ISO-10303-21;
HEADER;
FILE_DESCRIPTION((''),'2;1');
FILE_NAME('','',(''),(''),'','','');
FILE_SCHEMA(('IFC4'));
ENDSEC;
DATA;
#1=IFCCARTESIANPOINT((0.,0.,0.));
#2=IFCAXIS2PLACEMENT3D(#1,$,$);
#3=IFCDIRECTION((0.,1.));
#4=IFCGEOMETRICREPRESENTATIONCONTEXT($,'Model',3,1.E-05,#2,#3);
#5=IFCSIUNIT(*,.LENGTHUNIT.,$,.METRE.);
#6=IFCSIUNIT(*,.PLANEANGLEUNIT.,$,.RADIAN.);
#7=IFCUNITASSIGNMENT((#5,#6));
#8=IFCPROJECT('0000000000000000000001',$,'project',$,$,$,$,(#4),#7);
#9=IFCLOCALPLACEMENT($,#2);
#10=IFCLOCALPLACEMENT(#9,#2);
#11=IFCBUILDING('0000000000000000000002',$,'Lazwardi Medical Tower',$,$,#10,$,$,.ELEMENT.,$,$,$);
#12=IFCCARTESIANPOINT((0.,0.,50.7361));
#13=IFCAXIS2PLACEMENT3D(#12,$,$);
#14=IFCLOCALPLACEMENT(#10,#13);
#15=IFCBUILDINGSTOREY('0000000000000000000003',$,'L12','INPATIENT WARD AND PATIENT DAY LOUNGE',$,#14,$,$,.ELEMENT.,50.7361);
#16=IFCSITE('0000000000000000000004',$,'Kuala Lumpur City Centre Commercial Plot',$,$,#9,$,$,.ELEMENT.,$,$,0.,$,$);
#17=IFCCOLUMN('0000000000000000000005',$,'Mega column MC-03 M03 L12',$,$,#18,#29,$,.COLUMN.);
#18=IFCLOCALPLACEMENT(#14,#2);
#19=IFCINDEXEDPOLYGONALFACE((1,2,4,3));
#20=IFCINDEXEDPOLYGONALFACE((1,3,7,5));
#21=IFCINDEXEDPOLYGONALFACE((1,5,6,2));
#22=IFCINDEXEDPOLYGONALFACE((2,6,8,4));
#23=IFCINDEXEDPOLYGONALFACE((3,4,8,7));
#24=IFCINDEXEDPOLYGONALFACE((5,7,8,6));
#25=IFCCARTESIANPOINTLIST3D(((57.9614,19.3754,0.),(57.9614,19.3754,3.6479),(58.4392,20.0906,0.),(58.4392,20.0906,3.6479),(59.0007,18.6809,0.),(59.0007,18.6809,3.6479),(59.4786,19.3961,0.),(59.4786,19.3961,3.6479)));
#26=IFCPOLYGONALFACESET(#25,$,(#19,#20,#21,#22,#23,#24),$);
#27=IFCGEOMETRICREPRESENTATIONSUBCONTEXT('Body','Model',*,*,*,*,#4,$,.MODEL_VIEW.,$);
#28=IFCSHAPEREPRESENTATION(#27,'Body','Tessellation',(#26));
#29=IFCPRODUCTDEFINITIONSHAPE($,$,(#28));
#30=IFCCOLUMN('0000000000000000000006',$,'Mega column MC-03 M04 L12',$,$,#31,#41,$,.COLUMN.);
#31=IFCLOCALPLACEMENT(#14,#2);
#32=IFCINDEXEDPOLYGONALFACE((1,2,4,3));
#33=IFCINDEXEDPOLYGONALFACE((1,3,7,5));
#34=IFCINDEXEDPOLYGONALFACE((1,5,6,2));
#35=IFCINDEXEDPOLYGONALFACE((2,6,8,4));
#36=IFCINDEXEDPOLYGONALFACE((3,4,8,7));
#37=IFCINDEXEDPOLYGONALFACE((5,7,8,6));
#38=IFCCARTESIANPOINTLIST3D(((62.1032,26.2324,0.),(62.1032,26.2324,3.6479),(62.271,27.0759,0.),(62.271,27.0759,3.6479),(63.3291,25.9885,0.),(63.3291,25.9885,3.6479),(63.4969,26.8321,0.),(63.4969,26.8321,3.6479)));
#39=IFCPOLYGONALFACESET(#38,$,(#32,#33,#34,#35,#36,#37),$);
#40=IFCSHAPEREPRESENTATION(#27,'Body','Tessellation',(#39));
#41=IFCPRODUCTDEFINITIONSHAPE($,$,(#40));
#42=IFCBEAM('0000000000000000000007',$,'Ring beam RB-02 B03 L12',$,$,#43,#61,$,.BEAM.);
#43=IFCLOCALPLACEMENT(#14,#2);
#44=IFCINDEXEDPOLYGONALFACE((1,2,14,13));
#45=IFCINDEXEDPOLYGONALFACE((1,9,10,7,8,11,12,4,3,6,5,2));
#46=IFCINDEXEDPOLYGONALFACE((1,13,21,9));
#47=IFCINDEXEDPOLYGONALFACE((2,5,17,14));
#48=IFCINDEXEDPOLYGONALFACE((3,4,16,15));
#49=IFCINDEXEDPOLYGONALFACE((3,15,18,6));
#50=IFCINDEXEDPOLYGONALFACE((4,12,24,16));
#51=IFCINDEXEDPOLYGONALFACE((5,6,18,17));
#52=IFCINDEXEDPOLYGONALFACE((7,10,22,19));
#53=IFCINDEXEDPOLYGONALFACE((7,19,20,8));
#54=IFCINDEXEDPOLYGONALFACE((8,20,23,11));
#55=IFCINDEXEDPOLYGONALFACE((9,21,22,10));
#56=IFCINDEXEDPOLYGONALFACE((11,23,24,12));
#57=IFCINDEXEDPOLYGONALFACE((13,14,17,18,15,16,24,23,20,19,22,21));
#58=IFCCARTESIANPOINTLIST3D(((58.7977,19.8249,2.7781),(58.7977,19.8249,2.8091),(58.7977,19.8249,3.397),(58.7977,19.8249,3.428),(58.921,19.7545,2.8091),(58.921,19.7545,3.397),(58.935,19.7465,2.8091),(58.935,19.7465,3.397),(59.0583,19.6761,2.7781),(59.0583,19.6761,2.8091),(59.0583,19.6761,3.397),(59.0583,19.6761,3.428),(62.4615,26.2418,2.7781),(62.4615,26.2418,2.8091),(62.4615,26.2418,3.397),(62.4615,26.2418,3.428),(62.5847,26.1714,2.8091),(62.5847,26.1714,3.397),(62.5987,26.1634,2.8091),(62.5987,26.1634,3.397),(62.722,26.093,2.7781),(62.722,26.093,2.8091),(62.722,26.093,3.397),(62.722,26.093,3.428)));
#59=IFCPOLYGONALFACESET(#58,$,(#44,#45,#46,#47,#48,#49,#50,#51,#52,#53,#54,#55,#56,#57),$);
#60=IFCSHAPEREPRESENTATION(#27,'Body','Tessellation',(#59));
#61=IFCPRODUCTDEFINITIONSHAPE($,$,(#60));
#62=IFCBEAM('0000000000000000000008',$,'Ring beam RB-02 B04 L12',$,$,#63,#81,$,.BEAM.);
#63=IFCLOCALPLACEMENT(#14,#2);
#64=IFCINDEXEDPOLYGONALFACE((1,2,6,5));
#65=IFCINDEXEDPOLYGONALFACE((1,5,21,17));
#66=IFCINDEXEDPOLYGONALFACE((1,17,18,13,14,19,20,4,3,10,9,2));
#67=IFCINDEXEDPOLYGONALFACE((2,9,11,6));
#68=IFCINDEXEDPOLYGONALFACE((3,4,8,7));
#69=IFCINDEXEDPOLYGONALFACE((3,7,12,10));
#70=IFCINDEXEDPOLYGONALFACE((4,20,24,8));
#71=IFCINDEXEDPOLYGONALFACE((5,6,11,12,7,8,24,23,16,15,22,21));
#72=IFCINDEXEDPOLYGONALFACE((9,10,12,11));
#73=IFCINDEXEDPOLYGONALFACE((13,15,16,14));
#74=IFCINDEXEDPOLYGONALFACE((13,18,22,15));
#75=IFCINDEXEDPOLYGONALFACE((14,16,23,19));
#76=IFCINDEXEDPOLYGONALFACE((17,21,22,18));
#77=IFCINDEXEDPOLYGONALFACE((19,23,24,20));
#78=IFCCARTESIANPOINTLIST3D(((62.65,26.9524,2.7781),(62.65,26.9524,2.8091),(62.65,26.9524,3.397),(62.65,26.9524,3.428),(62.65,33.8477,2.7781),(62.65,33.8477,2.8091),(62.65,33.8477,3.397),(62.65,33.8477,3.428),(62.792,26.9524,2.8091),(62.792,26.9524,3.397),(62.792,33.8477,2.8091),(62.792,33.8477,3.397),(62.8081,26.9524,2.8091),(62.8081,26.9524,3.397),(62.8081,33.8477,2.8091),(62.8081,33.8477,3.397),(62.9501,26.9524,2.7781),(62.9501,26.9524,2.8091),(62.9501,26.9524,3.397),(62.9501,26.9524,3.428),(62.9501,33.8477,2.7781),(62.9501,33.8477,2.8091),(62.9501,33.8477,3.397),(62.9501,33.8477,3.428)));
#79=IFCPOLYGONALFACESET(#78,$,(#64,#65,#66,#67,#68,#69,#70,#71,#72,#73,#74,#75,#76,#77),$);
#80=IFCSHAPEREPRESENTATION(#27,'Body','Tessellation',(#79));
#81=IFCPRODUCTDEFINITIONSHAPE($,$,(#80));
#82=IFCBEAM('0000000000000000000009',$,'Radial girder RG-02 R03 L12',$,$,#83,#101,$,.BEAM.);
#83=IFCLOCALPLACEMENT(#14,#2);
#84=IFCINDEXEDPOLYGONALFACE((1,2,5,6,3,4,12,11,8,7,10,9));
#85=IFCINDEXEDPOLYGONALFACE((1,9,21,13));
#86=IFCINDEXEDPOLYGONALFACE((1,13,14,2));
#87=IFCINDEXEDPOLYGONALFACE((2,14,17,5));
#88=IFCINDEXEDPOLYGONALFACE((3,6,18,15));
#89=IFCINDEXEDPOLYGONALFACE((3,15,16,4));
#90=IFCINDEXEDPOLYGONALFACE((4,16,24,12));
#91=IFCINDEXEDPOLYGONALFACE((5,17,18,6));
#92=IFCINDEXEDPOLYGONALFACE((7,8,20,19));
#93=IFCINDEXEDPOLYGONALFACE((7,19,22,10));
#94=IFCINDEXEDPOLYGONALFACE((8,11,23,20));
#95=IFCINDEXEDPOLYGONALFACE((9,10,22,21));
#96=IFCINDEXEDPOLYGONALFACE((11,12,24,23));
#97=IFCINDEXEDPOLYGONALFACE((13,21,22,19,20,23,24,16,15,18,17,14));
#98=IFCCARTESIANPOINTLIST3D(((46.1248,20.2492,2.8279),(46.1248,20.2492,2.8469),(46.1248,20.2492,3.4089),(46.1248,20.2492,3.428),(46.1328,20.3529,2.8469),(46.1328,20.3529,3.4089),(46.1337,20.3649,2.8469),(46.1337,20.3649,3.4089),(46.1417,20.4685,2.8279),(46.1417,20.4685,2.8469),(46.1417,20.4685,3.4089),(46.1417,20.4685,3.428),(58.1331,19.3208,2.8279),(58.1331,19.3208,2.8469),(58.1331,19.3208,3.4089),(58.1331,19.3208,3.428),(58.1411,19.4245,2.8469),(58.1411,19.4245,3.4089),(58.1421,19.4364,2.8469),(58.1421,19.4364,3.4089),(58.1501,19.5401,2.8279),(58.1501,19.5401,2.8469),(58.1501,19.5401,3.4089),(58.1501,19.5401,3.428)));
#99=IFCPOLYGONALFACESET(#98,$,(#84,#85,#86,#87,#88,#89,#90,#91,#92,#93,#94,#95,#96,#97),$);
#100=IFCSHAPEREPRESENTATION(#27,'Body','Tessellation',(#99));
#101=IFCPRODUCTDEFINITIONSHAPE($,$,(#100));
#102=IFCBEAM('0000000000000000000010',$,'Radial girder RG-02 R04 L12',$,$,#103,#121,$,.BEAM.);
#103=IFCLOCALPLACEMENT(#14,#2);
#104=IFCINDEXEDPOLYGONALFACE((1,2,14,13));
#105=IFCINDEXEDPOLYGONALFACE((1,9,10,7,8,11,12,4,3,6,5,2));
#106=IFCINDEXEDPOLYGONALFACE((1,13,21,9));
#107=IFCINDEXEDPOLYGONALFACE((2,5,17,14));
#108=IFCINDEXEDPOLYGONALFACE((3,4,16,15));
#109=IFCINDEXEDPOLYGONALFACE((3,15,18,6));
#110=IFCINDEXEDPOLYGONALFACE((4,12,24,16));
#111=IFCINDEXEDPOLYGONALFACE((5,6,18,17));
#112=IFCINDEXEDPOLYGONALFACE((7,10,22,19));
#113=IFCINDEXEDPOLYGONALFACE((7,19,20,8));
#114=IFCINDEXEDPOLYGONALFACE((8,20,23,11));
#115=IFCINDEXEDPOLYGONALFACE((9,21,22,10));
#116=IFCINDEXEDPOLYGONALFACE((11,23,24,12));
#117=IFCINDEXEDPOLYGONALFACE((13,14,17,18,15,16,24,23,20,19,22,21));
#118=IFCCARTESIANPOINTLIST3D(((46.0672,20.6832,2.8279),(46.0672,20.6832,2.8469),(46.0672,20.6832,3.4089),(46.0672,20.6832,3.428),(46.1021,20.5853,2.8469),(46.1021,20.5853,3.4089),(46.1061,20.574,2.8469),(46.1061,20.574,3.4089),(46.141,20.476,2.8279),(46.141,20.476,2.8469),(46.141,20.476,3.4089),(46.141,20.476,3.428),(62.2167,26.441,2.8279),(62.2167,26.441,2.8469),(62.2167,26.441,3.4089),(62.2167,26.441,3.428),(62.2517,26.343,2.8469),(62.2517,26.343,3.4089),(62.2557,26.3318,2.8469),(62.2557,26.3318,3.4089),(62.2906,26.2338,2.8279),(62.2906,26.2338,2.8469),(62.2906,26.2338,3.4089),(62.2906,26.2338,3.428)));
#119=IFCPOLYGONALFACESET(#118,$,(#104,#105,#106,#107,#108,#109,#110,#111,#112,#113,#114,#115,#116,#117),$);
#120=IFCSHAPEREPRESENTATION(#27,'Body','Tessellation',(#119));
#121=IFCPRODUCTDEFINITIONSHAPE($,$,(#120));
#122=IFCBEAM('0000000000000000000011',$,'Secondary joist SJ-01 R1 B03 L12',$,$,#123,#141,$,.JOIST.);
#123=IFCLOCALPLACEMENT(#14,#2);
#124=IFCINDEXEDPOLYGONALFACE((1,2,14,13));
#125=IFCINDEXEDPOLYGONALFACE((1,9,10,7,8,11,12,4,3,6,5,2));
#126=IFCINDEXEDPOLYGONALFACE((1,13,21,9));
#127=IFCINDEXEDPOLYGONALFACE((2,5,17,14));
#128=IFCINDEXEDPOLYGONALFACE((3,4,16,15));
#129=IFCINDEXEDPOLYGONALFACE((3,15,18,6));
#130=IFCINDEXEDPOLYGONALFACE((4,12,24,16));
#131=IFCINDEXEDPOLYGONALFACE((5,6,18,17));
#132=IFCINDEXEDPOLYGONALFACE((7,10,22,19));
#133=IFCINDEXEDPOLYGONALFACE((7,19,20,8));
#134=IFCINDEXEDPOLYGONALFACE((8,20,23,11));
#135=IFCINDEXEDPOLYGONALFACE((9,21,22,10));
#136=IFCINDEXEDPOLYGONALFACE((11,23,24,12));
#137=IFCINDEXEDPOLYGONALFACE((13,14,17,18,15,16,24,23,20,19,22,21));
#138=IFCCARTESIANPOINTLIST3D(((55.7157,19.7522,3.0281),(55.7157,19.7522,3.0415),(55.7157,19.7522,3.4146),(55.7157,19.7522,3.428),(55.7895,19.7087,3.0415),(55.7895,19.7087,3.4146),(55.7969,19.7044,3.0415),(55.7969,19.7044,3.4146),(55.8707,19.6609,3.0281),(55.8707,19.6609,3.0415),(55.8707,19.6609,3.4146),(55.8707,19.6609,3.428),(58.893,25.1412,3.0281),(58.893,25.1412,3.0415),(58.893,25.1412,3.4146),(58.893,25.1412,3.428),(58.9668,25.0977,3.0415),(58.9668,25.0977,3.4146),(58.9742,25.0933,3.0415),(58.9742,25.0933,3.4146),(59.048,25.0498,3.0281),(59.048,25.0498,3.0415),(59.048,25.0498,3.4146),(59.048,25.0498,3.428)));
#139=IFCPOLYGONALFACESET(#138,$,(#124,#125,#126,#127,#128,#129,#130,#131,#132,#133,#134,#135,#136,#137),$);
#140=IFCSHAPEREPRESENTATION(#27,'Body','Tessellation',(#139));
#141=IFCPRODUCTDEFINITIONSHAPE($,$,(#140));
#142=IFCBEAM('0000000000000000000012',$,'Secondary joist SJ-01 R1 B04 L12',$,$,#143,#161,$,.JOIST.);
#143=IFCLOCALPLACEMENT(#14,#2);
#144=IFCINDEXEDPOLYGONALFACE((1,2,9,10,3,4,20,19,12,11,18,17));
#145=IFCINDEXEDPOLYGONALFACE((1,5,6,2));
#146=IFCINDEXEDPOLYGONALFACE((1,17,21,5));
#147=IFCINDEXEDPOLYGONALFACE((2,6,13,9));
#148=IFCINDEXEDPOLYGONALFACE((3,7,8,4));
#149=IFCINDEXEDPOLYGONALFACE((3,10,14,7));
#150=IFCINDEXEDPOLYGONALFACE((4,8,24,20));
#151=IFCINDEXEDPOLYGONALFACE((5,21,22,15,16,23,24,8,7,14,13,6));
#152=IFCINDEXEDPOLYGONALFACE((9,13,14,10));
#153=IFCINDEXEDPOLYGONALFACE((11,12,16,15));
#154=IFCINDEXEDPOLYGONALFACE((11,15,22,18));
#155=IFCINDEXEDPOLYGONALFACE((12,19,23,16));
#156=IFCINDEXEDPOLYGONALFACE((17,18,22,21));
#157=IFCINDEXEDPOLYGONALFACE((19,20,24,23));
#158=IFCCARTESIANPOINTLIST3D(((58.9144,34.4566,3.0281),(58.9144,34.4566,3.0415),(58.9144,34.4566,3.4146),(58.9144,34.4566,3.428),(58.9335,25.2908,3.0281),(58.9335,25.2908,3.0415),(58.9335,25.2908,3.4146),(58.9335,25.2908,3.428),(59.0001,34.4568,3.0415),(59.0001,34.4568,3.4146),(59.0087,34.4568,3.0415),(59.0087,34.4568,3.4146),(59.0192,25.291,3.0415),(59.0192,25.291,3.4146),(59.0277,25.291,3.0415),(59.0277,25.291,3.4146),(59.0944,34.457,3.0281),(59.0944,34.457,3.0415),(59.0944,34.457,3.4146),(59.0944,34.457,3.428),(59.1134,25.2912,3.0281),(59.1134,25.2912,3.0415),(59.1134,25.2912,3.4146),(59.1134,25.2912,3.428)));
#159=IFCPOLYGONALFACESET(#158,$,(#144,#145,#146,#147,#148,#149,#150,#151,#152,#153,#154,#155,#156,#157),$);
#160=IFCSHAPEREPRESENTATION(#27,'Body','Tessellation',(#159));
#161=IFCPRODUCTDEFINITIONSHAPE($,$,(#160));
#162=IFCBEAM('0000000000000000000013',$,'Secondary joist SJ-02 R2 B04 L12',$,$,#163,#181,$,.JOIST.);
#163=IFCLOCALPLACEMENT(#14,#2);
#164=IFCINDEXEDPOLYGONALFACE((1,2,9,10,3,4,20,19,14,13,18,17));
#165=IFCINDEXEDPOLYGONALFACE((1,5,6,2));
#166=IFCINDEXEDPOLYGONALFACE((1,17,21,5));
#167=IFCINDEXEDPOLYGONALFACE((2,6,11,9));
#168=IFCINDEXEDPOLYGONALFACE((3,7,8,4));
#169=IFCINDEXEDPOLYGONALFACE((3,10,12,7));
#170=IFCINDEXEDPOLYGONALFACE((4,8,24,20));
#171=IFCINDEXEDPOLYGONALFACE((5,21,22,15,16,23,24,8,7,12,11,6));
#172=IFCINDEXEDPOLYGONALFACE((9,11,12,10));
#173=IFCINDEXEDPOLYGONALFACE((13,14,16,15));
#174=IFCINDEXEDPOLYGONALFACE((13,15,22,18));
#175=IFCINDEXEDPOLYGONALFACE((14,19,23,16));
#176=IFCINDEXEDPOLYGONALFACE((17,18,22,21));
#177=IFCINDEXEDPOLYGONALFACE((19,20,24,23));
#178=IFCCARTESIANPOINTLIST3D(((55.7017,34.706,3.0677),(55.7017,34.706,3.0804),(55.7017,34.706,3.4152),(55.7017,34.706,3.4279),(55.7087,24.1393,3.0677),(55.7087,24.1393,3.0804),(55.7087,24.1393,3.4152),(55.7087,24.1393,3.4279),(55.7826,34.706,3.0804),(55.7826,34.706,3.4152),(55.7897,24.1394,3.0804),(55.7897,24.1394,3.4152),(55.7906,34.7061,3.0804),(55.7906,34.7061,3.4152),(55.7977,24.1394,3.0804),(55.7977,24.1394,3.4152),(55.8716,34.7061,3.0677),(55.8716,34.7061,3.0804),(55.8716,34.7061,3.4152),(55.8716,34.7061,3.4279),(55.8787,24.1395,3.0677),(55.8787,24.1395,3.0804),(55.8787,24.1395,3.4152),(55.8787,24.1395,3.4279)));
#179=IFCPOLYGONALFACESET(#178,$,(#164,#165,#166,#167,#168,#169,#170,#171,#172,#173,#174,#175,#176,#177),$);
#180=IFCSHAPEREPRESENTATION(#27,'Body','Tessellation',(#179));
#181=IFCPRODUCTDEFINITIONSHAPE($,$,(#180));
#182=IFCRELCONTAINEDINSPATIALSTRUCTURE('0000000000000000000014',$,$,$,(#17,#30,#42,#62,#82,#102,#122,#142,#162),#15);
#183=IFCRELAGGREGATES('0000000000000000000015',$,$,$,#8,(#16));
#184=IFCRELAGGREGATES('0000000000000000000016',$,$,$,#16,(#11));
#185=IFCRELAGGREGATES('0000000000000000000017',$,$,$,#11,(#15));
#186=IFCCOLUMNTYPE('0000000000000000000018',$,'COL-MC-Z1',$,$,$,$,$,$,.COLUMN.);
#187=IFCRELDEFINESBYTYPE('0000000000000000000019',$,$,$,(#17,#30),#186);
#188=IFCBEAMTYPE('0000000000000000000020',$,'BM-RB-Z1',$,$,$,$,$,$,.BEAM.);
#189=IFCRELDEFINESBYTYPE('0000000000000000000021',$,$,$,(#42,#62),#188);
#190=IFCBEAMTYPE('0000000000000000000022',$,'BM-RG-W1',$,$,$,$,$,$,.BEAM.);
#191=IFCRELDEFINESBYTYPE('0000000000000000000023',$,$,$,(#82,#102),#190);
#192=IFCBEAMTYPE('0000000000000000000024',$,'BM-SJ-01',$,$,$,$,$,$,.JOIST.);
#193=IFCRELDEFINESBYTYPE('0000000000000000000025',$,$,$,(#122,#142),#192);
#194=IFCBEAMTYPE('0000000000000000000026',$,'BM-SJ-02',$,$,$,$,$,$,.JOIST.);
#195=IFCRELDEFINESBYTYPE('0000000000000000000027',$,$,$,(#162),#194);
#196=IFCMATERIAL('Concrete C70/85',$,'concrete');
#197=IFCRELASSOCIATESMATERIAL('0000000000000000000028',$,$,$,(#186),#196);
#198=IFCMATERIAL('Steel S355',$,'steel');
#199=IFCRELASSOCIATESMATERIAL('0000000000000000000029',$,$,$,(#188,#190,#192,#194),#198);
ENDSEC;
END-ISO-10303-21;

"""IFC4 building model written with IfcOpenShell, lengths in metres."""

from ifc_helpers import new_model, si_unit, direction, frame, origin, origin_2d, place, context, subcontext, project, spatial, rectangle, i_section, extrude, material, material_profile, profile_set, type_object, element, save


model = new_model("IFC4")

# Units and contexts
model_context = context("Model", 3, precision=1e-05, world=origin(), true_north=direction((0.0, 1.0)))
body_context = subcontext(model_context, "Body", "Model", "MODEL_VIEW")
ifc_project = project(units=[si_unit("LENGTHUNIT", "METRE"), si_unit("PLANEANGLEUNIT", "RADIAN")], contexts=[model_context])

# Site, building, storey
site_placement = place(None, origin())
site = spatial("IfcSite", under=ifc_project, at=site_placement, Name="Kuala Lumpur City Centre Commercial Plot", CompositionType="ELEMENT", RefElevation=0.0)
building_placement = place(site_placement, origin())
building = spatial("IfcBuilding", under=site, at=building_placement, Name="Lazwardi Medical Tower", CompositionType="ELEMENT")
storey_placement = place(building_placement, frame((0.0, 0.0, 50.7361)))
storey = spatial("IfcBuildingStorey", under=building, at=storey_placement, Name="L12", Description="INPATIENT WARD AND PATIENT DAY LOUNGE", CompositionType="ELEMENT", Elevation=50.7361)

# Columns
ifc_material_1 = material(Name="Concrete C70/85", Category="concrete")
ifc_material_profile_1 = material_profile(ifc_material_1, rectangle(XDim=1.25, YDim=0.8601, at=origin_2d()), Name="CFT-RECT 1250x860")
ifc_profile_set_1 = profile_set([ifc_material_profile_1], Name="Concrete C70/85")
column_type = type_object("IfcColumnType", Name="COL-MC-Z1", PredefinedType="COLUMN", material=ifc_profile_set_1)
for number, where, z_axis, x_axis, name in (
    (1, (58.72, 19.3857, 0.0), (0.0, 0.0, 1.0), (0.83147, -0.55557, 0.0), "Mega column MC-03 M03 L12"),
    (2, (62.8, 26.5322, 0.0), (0.0, 0.0, 1.0), (0.980785, -0.19509, 0.0), "Mega column MC-03 M04 L12"),
):
    element("IfcColumn", number, at=place(storey_placement, frame(where, z_axis=z_axis, x_axis=x_axis)), inside=storey, type_object=column_type, Name=name, PredefinedType="COLUMN", context=body_context, shape_type="SweptSolid", body=[
        extrude(rectangle(XDim=1.25, YDim=0.8601, at=origin_2d()), origin(), (0.0, 0.0, 1.0), 3.6479),
    ])

# Beams
ifc_material_2 = material(Name="Steel S355", Category="steel")
ifc_material_profile_2 = material_profile(ifc_material_2, i_section(OverallWidth=0.3, OverallDepth=0.6499, WebThickness=0.0161, FlangeThickness=0.031, at=origin_2d()), Name="HEB 650")
ifc_profile_set_2 = profile_set([ifc_material_profile_2], Name="Steel S355")
beam_type_1 = type_object("IfcBeamType", Name="BM-RB-Z1", PredefinedType="BEAM", material=ifc_profile_set_2)
beam_1_placement = place(storey_placement, frame((58.928, 19.7505, 3.103), z_axis=(0.495829, 0.86842, 0.0), x_axis=(-0.86842, 0.495829, 0.0)))
element("IfcBeam", 3, at=beam_1_placement, inside=storey, type_object=beam_type_1, Name="Ring beam RB-02 B03 L12", PredefinedType="BEAM", context=body_context, shape_type="SweptSolid", body=[
    extrude(i_section(OverallWidth=0.3, OverallDepth=0.6499, WebThickness=0.0161, FlangeThickness=0.031, at=origin_2d()), origin(), (0.0, 0.0, 1.0), 7.3892),
])
beam_2_placement = place(storey_placement, frame((62.8, 26.9524, 3.103), z_axis=(0.0, 1.0, 0.0), x_axis=(-1.0, 0.0, 0.0)))
element("IfcBeam", 4, at=beam_2_placement, inside=storey, type_object=beam_type_1, Name="Ring beam RB-02 B04 L12", PredefinedType="BEAM", context=body_context, shape_type="SweptSolid", body=[
    extrude(i_section(OverallWidth=0.3, OverallDepth=0.6499, WebThickness=0.0161, FlangeThickness=0.031, at=origin_2d()), origin(), (0.0, 0.0, 1.0), 6.8953),
])
ifc_material_profile_3 = material_profile(ifc_material_2, i_section(OverallWidth=0.22, OverallDepth=0.6001, WebThickness=0.012, FlangeThickness=0.019, at=origin_2d()), Name="IPE 600")
ifc_profile_set_3 = profile_set([ifc_material_profile_3], Name="Steel S355")
beam_type_2 = type_object("IfcBeamType", Name="BM-RG-W1", PredefinedType="BEAM", material=ifc_profile_set_3)
beam_3_placement = place(storey_placement, frame((58.1416, 19.4304, 3.1279), z_axis=(-0.997024, 0.077089, 0.0), x_axis=(-0.077089, -0.997024, 0.0)))
element("IfcBeam", 5, at=beam_3_placement, inside=storey, type_object=beam_type_2, Name="Radial girder RG-02 R03 L12", PredefinedType="BEAM", context=body_context, shape_type="SweptSolid", body=[
    extrude(i_section(OverallWidth=0.22, OverallDepth=0.6001, WebThickness=0.012, FlangeThickness=0.019, at=origin_2d()), origin(), (0.0, 0.0, 1.0), 12.0442),
])
beam_4_placement = place(storey_placement, frame((62.2537, 26.3374, 3.1279), z_axis=(-0.941925, -0.335823, 0.0), x_axis=(0.335823, -0.941925, 0.0)))
element("IfcBeam", 6, at=beam_4_placement, inside=storey, type_object=beam_type_2, Name="Radial girder RG-02 R04 L12", PredefinedType="BEAM", context=body_context, shape_type="SweptSolid", body=[
    extrude(i_section(OverallWidth=0.22, OverallDepth=0.6001, WebThickness=0.012, FlangeThickness=0.019, at=origin_2d()), origin(), (0.0, 0.0, 1.0), 17.1453),
])
ifc_material_profile_4 = material_profile(ifc_material_2, i_section(OverallWidth=0.1799, OverallDepth=0.3999, WebThickness=0.0085, FlangeThickness=0.0134, at=origin_2d()), Name="IPE 400")
ifc_profile_set_4 = profile_set([ifc_material_profile_4], Name="Steel S355")
beam_type_3 = type_object("IfcBeamType", Name="BM-SJ-01", PredefinedType="JOIST", material=ifc_profile_set_4)
beam_5_placement = place(storey_placement, frame((55.7932, 19.7065, 3.228), z_axis=(0.507886, 0.861424, 0.0), x_axis=(-0.861424, 0.507886, 0.0)))
element("IfcBeam", 7, at=beam_5_placement, inside=storey, type_object=beam_type_3, Name="Secondary joist SJ-01 R1 B03 L12", PredefinedType="JOIST", context=body_context, shape_type="SweptSolid", body=[
    extrude(i_section(OverallWidth=0.1799, OverallDepth=0.3999, WebThickness=0.0085, FlangeThickness=0.0134, at=origin_2d()), origin(), (0.0, 0.0, 1.0), 6.2559),
])
beam_6_placement = place(storey_placement, frame((59.0234, 25.291, 3.228), z_axis=(-0.002078, 0.999998, 0.0), x_axis=(-0.999998, -0.002078, 0.0)))
element("IfcBeam", 8, at=beam_6_placement, inside=storey, type_object=beam_type_3, Name="Secondary joist SJ-01 R1 B04 L12", PredefinedType="JOIST", context=body_context, shape_type="SweptSolid", body=[
    extrude(i_section(OverallWidth=0.1799, OverallDepth=0.3999, WebThickness=0.0085, FlangeThickness=0.0134, at=origin_2d()), origin(), (0.0, 0.0, 1.0), 9.1658),
])
ifc_material_profile_5 = material_profile(ifc_material_2, i_section(OverallWidth=0.1699, OverallDepth=0.3601, WebThickness=0.0081, FlangeThickness=0.0127, at=origin_2d()), Name="IPE 360")
ifc_profile_set_5 = profile_set([ifc_material_profile_5], Name="Steel S355")
beam_type_4 = type_object("IfcBeamType", Name="BM-SJ-02", PredefinedType="JOIST", material=ifc_profile_set_5)
beam_7_placement = place(storey_placement, frame((55.7937, 24.1394, 3.2478), z_axis=(-0.00067, 1.0, 0.0), x_axis=(-1.0, -0.00067, 0.0)))
element("IfcBeam", 9, at=beam_7_placement, inside=storey, type_object=beam_type_4, Name="Secondary joist SJ-02 R2 B04 L12", PredefinedType="JOIST", context=body_context, shape_type="SweptSolid", body=[
    extrude(i_section(OverallWidth=0.1699, OverallDepth=0.3601, WebThickness=0.0081, FlangeThickness=0.0127, at=origin_2d()), origin(), (0.0, 0.0, 1.0), 10.5667),
])

save(model, "model.ifc")
